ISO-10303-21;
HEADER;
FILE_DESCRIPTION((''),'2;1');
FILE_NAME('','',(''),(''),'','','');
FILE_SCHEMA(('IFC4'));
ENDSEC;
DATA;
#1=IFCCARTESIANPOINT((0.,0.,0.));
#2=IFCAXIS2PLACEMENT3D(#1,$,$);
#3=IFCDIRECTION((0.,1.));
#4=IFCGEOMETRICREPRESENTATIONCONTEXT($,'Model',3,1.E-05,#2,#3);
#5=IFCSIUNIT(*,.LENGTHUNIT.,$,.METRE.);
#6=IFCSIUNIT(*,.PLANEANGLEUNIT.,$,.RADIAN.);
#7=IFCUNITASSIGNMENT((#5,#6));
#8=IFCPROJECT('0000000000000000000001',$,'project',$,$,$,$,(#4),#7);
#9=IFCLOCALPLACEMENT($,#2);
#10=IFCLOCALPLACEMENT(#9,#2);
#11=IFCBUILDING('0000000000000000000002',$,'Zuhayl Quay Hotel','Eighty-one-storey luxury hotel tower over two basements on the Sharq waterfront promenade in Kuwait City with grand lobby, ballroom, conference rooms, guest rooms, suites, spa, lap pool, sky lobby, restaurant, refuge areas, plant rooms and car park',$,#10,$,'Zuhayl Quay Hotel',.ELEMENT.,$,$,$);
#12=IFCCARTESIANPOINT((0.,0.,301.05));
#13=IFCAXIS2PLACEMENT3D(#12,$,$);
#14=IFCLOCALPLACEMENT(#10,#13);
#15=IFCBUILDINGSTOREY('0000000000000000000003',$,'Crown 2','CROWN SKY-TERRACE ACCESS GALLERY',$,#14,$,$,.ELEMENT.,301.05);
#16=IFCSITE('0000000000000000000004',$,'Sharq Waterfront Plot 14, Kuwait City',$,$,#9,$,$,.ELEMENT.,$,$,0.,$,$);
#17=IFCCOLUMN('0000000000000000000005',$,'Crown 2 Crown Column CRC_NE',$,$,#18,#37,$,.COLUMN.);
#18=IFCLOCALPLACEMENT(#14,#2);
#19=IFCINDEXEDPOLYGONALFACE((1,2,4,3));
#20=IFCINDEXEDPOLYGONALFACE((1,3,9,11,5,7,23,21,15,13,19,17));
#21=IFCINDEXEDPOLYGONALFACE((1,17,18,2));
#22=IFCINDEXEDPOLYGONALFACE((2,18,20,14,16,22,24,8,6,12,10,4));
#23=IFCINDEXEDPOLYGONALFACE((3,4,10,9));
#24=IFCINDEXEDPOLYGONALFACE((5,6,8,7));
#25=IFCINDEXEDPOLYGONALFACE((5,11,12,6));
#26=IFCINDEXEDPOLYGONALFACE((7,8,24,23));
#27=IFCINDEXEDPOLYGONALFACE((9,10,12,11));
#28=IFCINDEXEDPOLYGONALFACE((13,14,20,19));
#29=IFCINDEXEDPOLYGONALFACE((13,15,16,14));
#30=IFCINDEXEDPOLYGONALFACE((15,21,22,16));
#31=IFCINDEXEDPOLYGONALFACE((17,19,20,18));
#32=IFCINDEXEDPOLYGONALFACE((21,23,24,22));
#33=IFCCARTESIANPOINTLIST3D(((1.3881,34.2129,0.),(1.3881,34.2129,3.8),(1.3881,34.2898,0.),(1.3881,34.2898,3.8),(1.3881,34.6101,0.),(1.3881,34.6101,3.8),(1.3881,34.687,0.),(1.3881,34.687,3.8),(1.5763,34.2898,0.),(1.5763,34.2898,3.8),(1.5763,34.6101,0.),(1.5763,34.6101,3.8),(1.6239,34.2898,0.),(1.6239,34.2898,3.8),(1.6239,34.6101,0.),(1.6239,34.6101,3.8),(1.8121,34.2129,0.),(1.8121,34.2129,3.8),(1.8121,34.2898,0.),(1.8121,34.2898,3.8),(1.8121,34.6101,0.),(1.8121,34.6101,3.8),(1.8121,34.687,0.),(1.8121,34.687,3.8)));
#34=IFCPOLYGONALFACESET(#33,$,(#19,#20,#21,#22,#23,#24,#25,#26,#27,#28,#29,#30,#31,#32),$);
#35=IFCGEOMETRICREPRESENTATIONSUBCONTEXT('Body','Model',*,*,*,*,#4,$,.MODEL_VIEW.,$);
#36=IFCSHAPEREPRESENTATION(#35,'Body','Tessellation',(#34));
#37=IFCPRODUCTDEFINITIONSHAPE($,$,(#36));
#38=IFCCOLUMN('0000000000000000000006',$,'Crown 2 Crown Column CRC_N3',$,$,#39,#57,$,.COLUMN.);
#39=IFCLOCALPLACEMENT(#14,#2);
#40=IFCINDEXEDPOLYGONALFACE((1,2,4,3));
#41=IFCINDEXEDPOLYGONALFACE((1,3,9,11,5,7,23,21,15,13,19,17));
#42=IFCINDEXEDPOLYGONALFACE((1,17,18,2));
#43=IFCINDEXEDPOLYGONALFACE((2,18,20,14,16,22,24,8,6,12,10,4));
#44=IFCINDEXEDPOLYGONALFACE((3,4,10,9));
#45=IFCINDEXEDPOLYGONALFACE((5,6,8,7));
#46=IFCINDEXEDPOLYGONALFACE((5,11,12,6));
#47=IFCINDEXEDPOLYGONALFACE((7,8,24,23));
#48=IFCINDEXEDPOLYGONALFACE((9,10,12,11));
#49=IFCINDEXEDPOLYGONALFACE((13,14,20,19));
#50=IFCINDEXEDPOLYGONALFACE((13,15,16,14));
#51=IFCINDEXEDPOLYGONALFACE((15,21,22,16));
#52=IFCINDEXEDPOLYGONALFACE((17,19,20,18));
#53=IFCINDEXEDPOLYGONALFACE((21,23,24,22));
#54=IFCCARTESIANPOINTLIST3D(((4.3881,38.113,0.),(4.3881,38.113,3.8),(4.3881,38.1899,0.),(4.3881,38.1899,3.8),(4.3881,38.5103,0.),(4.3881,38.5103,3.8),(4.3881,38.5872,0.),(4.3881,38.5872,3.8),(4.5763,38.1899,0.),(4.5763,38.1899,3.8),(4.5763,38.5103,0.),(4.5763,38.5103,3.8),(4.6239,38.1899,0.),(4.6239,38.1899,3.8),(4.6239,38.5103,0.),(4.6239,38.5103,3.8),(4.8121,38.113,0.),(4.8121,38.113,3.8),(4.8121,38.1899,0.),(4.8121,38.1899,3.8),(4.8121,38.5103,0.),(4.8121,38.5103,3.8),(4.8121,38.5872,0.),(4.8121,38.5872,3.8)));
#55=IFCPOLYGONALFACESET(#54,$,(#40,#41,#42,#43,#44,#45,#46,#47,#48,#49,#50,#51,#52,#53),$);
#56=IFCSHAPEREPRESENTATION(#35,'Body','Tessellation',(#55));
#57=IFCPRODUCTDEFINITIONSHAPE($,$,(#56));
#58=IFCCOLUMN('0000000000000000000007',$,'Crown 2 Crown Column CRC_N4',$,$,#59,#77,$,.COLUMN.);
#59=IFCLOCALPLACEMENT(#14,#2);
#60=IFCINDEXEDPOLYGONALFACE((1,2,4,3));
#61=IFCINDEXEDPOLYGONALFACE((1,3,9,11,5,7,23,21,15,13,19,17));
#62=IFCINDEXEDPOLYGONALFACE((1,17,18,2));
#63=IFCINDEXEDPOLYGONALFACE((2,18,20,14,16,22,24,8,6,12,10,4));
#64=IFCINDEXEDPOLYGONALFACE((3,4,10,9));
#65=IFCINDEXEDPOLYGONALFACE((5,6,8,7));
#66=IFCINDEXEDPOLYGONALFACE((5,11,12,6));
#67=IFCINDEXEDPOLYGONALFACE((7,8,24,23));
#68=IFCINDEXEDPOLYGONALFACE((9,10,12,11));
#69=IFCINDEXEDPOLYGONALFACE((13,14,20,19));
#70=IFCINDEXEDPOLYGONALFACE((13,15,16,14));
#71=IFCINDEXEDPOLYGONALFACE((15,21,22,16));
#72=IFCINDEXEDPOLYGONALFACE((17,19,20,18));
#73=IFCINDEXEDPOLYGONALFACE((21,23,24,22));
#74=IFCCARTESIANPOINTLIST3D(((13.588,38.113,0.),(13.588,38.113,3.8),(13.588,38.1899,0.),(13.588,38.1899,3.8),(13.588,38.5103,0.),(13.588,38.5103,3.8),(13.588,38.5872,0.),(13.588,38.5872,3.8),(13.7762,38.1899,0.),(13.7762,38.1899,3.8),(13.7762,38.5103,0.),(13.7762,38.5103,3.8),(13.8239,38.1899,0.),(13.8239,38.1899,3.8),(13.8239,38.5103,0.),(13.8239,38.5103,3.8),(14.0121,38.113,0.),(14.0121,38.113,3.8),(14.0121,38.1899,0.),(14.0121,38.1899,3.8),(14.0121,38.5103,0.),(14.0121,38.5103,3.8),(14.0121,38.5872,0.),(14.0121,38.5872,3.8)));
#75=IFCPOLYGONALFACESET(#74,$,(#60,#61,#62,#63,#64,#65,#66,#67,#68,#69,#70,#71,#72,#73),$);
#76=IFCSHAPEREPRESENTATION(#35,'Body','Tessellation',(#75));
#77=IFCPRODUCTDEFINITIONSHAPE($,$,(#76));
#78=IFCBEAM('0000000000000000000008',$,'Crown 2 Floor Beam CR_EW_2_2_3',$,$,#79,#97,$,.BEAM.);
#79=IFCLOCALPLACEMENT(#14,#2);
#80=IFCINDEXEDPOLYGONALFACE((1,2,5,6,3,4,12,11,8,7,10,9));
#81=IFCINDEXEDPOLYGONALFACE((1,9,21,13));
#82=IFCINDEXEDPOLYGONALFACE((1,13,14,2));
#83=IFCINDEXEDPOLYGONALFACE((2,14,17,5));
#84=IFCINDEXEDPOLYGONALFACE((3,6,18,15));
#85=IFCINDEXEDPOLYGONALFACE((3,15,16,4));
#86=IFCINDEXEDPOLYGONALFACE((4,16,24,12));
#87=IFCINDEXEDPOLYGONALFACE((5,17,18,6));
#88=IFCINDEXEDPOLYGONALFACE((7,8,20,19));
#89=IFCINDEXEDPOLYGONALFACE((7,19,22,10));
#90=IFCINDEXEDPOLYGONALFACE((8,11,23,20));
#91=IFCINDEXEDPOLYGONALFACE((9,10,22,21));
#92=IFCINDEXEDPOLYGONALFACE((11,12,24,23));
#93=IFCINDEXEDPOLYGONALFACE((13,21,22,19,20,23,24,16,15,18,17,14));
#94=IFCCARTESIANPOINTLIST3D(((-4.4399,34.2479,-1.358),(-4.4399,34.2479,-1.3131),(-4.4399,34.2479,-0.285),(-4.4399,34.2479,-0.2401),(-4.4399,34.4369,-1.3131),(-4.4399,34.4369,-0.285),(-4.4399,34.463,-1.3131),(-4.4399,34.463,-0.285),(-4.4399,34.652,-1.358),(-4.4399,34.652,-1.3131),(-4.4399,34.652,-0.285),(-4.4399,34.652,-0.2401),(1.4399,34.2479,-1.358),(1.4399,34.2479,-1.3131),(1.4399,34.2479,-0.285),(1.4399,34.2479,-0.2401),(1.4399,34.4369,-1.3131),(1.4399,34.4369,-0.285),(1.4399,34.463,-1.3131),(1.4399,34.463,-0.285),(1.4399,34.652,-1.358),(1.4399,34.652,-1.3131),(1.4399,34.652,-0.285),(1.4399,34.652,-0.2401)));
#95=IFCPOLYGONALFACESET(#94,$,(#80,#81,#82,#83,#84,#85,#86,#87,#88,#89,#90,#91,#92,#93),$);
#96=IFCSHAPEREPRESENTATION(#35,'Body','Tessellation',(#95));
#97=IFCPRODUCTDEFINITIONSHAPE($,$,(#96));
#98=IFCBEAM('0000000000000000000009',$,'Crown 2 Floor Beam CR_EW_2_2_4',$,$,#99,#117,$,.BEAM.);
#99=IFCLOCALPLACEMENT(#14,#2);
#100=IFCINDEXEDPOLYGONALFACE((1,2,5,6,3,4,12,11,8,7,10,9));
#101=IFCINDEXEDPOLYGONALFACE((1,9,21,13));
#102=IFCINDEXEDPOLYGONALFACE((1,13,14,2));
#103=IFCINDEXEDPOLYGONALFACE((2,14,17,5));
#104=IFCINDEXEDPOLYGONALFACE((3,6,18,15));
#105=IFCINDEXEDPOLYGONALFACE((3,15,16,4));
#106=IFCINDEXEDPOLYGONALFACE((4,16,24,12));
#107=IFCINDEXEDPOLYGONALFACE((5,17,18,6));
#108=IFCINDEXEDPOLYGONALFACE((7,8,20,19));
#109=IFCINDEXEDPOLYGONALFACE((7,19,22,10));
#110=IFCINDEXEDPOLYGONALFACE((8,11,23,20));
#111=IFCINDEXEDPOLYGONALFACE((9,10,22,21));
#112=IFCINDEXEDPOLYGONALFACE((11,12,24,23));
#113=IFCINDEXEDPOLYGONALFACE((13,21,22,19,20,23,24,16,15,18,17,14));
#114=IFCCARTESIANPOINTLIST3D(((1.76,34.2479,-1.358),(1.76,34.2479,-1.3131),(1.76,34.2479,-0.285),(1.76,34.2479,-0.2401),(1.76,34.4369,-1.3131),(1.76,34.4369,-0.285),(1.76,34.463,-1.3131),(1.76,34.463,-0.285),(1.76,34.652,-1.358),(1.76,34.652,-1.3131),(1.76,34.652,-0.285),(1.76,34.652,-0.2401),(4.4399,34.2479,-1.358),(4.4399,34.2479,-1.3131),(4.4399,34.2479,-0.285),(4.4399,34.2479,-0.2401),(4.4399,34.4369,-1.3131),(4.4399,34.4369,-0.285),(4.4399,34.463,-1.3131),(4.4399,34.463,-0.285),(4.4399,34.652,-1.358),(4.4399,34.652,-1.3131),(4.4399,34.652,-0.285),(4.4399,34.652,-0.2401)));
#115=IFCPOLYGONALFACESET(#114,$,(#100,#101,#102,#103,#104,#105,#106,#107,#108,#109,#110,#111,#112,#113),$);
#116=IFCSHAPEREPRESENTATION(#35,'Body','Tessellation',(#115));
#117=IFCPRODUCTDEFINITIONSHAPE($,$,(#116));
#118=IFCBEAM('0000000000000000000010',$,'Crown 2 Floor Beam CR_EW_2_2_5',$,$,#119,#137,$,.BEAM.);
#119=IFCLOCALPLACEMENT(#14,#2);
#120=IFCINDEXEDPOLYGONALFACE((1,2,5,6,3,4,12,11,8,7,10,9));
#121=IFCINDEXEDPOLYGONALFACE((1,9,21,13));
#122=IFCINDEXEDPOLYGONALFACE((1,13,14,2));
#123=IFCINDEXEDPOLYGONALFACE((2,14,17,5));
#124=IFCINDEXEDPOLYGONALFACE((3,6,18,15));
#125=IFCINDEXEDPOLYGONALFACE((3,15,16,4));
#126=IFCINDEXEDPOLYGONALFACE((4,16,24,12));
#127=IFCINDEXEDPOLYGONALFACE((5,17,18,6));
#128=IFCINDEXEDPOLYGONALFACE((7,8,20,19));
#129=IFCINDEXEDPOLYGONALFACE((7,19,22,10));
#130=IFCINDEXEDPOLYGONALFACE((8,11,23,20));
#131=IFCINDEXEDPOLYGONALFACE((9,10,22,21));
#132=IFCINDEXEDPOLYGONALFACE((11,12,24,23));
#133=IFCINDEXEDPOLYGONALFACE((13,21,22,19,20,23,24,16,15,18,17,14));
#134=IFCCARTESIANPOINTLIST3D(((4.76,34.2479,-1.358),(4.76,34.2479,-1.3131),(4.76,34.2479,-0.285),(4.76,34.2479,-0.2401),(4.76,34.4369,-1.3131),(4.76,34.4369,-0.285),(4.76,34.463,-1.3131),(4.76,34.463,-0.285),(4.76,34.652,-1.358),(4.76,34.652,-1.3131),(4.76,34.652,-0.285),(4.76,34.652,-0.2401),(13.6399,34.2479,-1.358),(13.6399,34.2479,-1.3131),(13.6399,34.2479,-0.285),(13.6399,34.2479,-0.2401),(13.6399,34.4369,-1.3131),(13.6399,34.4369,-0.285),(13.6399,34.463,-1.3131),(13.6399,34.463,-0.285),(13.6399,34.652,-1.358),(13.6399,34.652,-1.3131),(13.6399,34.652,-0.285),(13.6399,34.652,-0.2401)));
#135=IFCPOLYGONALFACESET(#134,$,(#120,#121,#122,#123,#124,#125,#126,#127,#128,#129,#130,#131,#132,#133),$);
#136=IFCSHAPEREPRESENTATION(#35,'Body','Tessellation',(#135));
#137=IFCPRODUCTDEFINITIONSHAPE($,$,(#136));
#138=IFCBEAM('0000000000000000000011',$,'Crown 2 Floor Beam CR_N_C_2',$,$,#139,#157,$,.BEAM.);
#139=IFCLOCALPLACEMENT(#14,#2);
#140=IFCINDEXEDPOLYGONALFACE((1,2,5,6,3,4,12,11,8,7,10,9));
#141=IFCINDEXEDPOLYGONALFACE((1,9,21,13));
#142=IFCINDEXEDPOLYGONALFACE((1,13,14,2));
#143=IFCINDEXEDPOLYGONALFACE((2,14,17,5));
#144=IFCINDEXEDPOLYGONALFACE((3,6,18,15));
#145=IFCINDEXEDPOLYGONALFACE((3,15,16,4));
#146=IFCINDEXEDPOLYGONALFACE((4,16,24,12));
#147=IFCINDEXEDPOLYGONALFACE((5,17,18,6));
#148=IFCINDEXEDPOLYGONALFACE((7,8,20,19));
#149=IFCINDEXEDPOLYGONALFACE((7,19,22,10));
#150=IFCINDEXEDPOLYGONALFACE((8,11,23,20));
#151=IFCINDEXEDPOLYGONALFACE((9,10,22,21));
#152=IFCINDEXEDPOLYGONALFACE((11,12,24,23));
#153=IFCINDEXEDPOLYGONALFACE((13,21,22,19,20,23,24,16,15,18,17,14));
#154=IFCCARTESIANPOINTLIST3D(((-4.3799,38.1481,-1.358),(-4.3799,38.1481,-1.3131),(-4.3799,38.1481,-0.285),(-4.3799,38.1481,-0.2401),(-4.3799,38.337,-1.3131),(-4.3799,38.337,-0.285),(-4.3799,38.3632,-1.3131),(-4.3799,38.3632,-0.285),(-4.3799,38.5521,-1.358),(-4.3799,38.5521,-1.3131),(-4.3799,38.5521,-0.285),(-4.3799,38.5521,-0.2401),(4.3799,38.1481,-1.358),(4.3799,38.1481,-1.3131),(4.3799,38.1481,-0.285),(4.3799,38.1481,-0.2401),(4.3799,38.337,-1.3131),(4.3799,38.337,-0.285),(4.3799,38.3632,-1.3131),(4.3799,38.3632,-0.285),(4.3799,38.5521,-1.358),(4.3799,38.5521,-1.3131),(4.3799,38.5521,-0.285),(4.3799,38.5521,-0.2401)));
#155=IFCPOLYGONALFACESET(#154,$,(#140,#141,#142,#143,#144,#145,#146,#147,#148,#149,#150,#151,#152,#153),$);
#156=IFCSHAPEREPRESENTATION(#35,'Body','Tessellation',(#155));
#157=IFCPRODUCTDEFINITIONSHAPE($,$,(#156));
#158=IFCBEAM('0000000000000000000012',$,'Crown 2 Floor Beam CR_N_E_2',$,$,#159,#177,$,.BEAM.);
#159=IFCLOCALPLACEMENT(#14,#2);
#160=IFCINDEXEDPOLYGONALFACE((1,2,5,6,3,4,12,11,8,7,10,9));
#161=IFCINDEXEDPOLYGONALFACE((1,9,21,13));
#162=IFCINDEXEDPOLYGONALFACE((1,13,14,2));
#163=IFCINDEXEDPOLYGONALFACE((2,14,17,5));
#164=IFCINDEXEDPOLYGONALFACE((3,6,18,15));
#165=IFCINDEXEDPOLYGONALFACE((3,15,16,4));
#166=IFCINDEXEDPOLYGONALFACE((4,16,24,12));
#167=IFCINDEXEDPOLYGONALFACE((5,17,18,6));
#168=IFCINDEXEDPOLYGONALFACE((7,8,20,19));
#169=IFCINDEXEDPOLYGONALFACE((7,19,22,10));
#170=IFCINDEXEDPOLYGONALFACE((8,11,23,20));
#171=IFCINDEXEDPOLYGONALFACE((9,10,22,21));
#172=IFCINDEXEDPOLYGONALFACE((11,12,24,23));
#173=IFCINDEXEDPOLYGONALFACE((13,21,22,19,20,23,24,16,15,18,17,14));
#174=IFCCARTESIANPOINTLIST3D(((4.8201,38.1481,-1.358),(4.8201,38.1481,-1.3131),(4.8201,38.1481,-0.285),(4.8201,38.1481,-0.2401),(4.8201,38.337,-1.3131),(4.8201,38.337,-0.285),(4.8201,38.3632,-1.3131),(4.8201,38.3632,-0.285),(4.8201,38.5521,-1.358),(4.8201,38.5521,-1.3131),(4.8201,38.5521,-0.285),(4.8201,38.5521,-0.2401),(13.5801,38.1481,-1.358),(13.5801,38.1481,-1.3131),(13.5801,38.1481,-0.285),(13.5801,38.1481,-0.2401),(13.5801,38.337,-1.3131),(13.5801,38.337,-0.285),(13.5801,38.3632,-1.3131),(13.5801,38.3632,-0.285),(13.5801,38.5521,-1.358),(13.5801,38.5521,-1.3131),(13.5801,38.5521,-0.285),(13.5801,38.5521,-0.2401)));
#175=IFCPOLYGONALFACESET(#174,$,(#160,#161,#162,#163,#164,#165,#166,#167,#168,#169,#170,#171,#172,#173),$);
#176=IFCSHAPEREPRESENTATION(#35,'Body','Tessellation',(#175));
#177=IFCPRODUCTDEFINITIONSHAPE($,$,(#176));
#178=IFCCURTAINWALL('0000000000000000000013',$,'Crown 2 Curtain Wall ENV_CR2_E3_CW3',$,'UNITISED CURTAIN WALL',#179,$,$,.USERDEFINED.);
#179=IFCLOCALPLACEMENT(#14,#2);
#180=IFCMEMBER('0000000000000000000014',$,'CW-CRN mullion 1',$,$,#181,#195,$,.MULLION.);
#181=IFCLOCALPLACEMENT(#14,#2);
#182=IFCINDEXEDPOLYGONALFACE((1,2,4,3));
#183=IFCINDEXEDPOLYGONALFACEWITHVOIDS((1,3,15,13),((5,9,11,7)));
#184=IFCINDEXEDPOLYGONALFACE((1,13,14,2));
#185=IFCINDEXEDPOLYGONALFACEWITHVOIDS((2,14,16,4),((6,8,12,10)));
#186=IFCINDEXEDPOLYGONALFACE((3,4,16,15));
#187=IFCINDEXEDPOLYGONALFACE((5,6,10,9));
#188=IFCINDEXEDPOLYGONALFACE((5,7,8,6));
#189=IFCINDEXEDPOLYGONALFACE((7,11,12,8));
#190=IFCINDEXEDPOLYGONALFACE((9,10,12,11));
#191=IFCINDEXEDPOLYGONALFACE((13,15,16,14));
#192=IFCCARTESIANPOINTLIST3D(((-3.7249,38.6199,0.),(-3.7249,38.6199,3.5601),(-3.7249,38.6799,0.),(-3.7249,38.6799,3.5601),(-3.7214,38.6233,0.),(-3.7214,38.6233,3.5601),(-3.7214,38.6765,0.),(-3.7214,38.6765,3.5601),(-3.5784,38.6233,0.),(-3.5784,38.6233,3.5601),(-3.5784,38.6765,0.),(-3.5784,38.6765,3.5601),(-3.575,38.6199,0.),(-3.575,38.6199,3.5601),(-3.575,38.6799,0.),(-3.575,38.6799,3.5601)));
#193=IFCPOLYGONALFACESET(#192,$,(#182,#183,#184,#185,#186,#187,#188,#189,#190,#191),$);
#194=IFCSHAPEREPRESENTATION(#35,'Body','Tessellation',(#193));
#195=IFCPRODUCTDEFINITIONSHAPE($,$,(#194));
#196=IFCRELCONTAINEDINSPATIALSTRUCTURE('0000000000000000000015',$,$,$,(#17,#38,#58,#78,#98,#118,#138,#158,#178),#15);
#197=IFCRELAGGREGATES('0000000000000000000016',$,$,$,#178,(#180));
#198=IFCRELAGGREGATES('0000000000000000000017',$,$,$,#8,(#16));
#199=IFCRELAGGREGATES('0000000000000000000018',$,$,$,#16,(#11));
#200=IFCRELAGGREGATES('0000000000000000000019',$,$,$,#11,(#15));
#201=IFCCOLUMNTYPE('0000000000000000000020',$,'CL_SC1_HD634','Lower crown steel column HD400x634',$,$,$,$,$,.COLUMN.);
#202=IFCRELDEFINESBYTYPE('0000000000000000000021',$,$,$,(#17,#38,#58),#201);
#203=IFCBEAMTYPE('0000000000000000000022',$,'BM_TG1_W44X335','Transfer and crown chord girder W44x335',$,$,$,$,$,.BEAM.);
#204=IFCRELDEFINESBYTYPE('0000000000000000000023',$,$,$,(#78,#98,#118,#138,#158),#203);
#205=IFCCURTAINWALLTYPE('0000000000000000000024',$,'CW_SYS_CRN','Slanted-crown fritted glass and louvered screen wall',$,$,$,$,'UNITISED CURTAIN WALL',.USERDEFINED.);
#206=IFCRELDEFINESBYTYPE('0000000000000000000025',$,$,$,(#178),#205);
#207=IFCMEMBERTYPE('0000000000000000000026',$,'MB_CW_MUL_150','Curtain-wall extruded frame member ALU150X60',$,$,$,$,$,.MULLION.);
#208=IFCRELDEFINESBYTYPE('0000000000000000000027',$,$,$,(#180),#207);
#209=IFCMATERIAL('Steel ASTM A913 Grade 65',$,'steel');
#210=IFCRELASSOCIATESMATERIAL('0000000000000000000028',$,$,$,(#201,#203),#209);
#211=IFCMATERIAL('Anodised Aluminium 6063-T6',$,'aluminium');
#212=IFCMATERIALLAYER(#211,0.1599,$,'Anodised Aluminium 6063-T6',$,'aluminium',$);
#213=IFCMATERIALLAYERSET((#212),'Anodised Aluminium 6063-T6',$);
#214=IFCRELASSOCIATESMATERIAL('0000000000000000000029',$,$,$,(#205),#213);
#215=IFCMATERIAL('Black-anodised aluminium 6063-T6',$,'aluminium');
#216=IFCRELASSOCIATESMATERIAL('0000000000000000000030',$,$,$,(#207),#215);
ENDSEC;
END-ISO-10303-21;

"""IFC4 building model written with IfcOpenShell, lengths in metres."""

from ifc_helpers import new_model, si_unit, direction, frame, origin, origin_2d, place, context, subcontext, project, spatial, hollow_rectangle, i_section, extrude, material, layer, layer_set, material_profile, profile_set, type_object, element, aggregate, save


model = new_model("IFC4")

# Units and contexts
model_context = context("Model", 3, precision=1e-05, world=origin(), true_north=direction((0.0, 1.0)))
body_context = subcontext(model_context, "Body", "Model", "MODEL_VIEW")
ifc_project = project(units=[si_unit("LENGTHUNIT", "METRE"), si_unit("PLANEANGLEUNIT", "RADIAN")], contexts=[model_context])

# Site, building, storey
site_placement = place(None, origin())
site = spatial("IfcSite", under=ifc_project, at=site_placement, Name="Sharq Waterfront Plot 14, Kuwait City", CompositionType="ELEMENT", RefElevation=0.0)
building_placement = place(site_placement, origin())
building = spatial("IfcBuilding", under=site, at=building_placement, Name="Zuhayl Quay Hotel", Description="Eighty-one-storey luxury hotel tower over two basements on the Sharq waterfront promenade in Kuwait City with grand lobby, ballroom, conference rooms, guest rooms, suites, spa, lap pool, sky lobby, restaurant, refuge areas, plant rooms and car park", LongName="Zuhayl Quay Hotel", CompositionType="ELEMENT")
storey_placement = place(building_placement, frame((0.0, 0.0, 301.05)))
storey = spatial("IfcBuildingStorey", under=building, at=storey_placement, Name="Crown 2", Description="CROWN SKY-TERRACE ACCESS GALLERY", CompositionType="ELEMENT", Elevation=301.05)

# Columns
ifc_material_1 = material(Name="Steel ASTM A913 Grade 65", Category="steel")
ifc_material_profile_1 = material_profile(ifc_material_1, i_section(OverallWidth=0.4241, OverallDepth=0.4741, WebThickness=0.0476, FlangeThickness=0.0769, at=origin_2d()), Name="HD400X634")
ifc_profile_set_1 = profile_set([ifc_material_profile_1], Name="Steel ASTM A913 Grade 65")
column_type = type_object("IfcColumnType", Name="CL_SC1_HD634", Description="Lower crown steel column HD400x634", PredefinedType="COLUMN", material=ifc_profile_set_1)
for number, where, z_axis, x_axis, name in (
    (1, (1.6001, 34.45, 0.0), (0.0, 0.0, 1.0), (1.0, 0.0, 0.0), "Crown 2 Crown Column CRC_NE"),
    (2, (4.6001, 38.3501, 0.0), (0.0, 0.0, 1.0), (1.0, 0.0, 0.0), "Crown 2 Crown Column CRC_N3"),
    (3, (13.8, 38.3501, 0.0), (0.0, 0.0, 1.0), (1.0, 0.0, 0.0), "Crown 2 Crown Column CRC_N4"),
):
    element("IfcColumn", number, at=place(storey_placement, frame(where, z_axis=z_axis, x_axis=x_axis)), inside=storey, type_object=column_type, Name=name, PredefinedType="COLUMN", context=body_context, shape_type="SweptSolid", body=[
        extrude(i_section(OverallWidth=0.4241, OverallDepth=0.4741, WebThickness=0.0476, FlangeThickness=0.0769, at=origin_2d()), origin(), (0.0, 0.0, 1.0), 3.8),
    ])

# Beams
ifc_material_profile_2 = material_profile(ifc_material_1, i_section(OverallWidth=0.4041, OverallDepth=1.1179, WebThickness=0.0261, FlangeThickness=0.0449, at=origin_2d()), Name="W44X335")
ifc_profile_set_2 = profile_set([ifc_material_profile_2], Name="Steel ASTM A913 Grade 65")
beam_type = type_object("IfcBeamType", Name="BM_TG1_W44X335", Description="Transfer and crown chord girder W44x335", PredefinedType="BEAM", material=ifc_profile_set_2)
beam_1_placement = place(storey_placement, frame((-4.4399, 34.45, -0.7991), z_axis=(1.0, 0.0, 0.0), x_axis=(0.0, 1.0, 0.0)))
element("IfcBeam", 4, at=beam_1_placement, inside=storey, type_object=beam_type, Name="Crown 2 Floor Beam CR_EW_2_2_3", PredefinedType="BEAM", context=body_context, shape_type="SweptSolid", body=[
    extrude(i_section(OverallWidth=0.4041, OverallDepth=1.1179, WebThickness=0.0261, FlangeThickness=0.0449, at=origin_2d()), origin(), (0.0, 0.0, 1.0), 5.8799),
])
beam_2_placement = place(storey_placement, frame((1.76, 34.45, -0.7991), z_axis=(1.0, 0.0, 0.0), x_axis=(0.0, 1.0, 0.0)))
element("IfcBeam", 5, at=beam_2_placement, inside=storey, type_object=beam_type, Name="Crown 2 Floor Beam CR_EW_2_2_4", PredefinedType="BEAM", context=body_context, shape_type="SweptSolid", body=[
    extrude(i_section(OverallWidth=0.4041, OverallDepth=1.1179, WebThickness=0.0261, FlangeThickness=0.0449, at=origin_2d()), origin(), (0.0, 0.0, 1.0), 2.6799),
])
beam_3_placement = place(storey_placement, frame((4.76, 34.45, -0.7991), z_axis=(1.0, 0.0, 0.0), x_axis=(0.0, 1.0, 0.0)))
element("IfcBeam", 6, at=beam_3_placement, inside=storey, type_object=beam_type, Name="Crown 2 Floor Beam CR_EW_2_2_5", PredefinedType="BEAM", context=body_context, shape_type="SweptSolid", body=[
    extrude(i_section(OverallWidth=0.4041, OverallDepth=1.1179, WebThickness=0.0261, FlangeThickness=0.0449, at=origin_2d()), origin(), (0.0, 0.0, 1.0), 8.8799),
])
beam_4_placement = place(storey_placement, frame((-4.3799, 38.3501, -0.7991), z_axis=(1.0, 0.0, 0.0), x_axis=(0.0, 1.0, 0.0)))
element("IfcBeam", 7, at=beam_4_placement, inside=storey, type_object=beam_type, Name="Crown 2 Floor Beam CR_N_C_2", PredefinedType="BEAM", context=body_context, shape_type="SweptSolid", body=[
    extrude(i_section(OverallWidth=0.4041, OverallDepth=1.1179, WebThickness=0.0261, FlangeThickness=0.0449, at=origin_2d()), origin(), (0.0, 0.0, 1.0), 8.7598),
])
beam_5_placement = place(storey_placement, frame((4.8201, 38.3501, -0.7991), z_axis=(1.0, 0.0, 0.0), x_axis=(0.0, 1.0, 0.0)))
element("IfcBeam", 8, at=beam_5_placement, inside=storey, type_object=beam_type, Name="Crown 2 Floor Beam CR_N_E_2", PredefinedType="BEAM", context=body_context, shape_type="SweptSolid", body=[
    extrude(i_section(OverallWidth=0.4041, OverallDepth=1.1179, WebThickness=0.0261, FlangeThickness=0.0449, at=origin_2d()), origin(), (0.0, 0.0, 1.0), 8.76),
])

# Curtain wall, member
ifc_material_2 = material(Name="Anodised Aluminium 6063-T6", Category="aluminium")
ifc_layer_1 = layer(ifc_material_2, 0.1599, Name="Anodised Aluminium 6063-T6", Category="aluminium")
ifc_layer_set_1 = layer_set([ifc_layer_1], Name="Anodised Aluminium 6063-T6")
curtain_wall_type = type_object("IfcCurtainWallType", Name="CW_SYS_CRN", Description="Slanted-crown fritted glass and louvered screen wall", ElementType="UNITISED CURTAIN WALL", PredefinedType="USERDEFINED", material=ifc_layer_set_1)
curtain_wall_1_placement = place(storey_placement, origin())
curtain_wall_1 = element("IfcCurtainWall", 9, at=curtain_wall_1_placement, inside=storey, type_object=curtain_wall_type, Name="Crown 2 Curtain Wall ENV_CR2_E3_CW3", ObjectType="UNITISED CURTAIN WALL", PredefinedType="USERDEFINED")
ifc_material_3 = material(Name="Black-anodised aluminium 6063-T6", Category="aluminium")
ifc_material_profile_3 = material_profile(ifc_material_3, hollow_rectangle(XDim=0.0601, YDim=0.1499, WallThickness=0.0034, at=origin_2d()), Name="ALU150X60")
ifc_profile_set_3 = profile_set([ifc_material_profile_3], Name="Black-anodised aluminium 6063-T6")
member_type_1 = type_object("IfcMemberType", Name="MB_CW_MUL_150", Description="Curtain-wall extruded frame member ALU150X60", PredefinedType="MULLION", material=ifc_profile_set_3)
member_1_placement = place(storey_placement, frame((-3.6499, 38.6499, 0.0), z_axis=(0.0, 0.0, 1.0), x_axis=(0.0, 1.0, 0.0)))
member_1 = element("IfcMember", 10, at=member_1_placement, type_object=member_type_1, Name="CW-CRN mullion 1", PredefinedType="MULLION", context=body_context, shape_type="SweptSolid", body=[
    extrude(hollow_rectangle(XDim=0.0601, YDim=0.1499, WallThickness=0.0034, at=origin_2d()), origin(), (0.0, 0.0, 1.0), 3.5601),
])

aggregate(curtain_wall_1, [member_1])

save(model, "model.ifc")
